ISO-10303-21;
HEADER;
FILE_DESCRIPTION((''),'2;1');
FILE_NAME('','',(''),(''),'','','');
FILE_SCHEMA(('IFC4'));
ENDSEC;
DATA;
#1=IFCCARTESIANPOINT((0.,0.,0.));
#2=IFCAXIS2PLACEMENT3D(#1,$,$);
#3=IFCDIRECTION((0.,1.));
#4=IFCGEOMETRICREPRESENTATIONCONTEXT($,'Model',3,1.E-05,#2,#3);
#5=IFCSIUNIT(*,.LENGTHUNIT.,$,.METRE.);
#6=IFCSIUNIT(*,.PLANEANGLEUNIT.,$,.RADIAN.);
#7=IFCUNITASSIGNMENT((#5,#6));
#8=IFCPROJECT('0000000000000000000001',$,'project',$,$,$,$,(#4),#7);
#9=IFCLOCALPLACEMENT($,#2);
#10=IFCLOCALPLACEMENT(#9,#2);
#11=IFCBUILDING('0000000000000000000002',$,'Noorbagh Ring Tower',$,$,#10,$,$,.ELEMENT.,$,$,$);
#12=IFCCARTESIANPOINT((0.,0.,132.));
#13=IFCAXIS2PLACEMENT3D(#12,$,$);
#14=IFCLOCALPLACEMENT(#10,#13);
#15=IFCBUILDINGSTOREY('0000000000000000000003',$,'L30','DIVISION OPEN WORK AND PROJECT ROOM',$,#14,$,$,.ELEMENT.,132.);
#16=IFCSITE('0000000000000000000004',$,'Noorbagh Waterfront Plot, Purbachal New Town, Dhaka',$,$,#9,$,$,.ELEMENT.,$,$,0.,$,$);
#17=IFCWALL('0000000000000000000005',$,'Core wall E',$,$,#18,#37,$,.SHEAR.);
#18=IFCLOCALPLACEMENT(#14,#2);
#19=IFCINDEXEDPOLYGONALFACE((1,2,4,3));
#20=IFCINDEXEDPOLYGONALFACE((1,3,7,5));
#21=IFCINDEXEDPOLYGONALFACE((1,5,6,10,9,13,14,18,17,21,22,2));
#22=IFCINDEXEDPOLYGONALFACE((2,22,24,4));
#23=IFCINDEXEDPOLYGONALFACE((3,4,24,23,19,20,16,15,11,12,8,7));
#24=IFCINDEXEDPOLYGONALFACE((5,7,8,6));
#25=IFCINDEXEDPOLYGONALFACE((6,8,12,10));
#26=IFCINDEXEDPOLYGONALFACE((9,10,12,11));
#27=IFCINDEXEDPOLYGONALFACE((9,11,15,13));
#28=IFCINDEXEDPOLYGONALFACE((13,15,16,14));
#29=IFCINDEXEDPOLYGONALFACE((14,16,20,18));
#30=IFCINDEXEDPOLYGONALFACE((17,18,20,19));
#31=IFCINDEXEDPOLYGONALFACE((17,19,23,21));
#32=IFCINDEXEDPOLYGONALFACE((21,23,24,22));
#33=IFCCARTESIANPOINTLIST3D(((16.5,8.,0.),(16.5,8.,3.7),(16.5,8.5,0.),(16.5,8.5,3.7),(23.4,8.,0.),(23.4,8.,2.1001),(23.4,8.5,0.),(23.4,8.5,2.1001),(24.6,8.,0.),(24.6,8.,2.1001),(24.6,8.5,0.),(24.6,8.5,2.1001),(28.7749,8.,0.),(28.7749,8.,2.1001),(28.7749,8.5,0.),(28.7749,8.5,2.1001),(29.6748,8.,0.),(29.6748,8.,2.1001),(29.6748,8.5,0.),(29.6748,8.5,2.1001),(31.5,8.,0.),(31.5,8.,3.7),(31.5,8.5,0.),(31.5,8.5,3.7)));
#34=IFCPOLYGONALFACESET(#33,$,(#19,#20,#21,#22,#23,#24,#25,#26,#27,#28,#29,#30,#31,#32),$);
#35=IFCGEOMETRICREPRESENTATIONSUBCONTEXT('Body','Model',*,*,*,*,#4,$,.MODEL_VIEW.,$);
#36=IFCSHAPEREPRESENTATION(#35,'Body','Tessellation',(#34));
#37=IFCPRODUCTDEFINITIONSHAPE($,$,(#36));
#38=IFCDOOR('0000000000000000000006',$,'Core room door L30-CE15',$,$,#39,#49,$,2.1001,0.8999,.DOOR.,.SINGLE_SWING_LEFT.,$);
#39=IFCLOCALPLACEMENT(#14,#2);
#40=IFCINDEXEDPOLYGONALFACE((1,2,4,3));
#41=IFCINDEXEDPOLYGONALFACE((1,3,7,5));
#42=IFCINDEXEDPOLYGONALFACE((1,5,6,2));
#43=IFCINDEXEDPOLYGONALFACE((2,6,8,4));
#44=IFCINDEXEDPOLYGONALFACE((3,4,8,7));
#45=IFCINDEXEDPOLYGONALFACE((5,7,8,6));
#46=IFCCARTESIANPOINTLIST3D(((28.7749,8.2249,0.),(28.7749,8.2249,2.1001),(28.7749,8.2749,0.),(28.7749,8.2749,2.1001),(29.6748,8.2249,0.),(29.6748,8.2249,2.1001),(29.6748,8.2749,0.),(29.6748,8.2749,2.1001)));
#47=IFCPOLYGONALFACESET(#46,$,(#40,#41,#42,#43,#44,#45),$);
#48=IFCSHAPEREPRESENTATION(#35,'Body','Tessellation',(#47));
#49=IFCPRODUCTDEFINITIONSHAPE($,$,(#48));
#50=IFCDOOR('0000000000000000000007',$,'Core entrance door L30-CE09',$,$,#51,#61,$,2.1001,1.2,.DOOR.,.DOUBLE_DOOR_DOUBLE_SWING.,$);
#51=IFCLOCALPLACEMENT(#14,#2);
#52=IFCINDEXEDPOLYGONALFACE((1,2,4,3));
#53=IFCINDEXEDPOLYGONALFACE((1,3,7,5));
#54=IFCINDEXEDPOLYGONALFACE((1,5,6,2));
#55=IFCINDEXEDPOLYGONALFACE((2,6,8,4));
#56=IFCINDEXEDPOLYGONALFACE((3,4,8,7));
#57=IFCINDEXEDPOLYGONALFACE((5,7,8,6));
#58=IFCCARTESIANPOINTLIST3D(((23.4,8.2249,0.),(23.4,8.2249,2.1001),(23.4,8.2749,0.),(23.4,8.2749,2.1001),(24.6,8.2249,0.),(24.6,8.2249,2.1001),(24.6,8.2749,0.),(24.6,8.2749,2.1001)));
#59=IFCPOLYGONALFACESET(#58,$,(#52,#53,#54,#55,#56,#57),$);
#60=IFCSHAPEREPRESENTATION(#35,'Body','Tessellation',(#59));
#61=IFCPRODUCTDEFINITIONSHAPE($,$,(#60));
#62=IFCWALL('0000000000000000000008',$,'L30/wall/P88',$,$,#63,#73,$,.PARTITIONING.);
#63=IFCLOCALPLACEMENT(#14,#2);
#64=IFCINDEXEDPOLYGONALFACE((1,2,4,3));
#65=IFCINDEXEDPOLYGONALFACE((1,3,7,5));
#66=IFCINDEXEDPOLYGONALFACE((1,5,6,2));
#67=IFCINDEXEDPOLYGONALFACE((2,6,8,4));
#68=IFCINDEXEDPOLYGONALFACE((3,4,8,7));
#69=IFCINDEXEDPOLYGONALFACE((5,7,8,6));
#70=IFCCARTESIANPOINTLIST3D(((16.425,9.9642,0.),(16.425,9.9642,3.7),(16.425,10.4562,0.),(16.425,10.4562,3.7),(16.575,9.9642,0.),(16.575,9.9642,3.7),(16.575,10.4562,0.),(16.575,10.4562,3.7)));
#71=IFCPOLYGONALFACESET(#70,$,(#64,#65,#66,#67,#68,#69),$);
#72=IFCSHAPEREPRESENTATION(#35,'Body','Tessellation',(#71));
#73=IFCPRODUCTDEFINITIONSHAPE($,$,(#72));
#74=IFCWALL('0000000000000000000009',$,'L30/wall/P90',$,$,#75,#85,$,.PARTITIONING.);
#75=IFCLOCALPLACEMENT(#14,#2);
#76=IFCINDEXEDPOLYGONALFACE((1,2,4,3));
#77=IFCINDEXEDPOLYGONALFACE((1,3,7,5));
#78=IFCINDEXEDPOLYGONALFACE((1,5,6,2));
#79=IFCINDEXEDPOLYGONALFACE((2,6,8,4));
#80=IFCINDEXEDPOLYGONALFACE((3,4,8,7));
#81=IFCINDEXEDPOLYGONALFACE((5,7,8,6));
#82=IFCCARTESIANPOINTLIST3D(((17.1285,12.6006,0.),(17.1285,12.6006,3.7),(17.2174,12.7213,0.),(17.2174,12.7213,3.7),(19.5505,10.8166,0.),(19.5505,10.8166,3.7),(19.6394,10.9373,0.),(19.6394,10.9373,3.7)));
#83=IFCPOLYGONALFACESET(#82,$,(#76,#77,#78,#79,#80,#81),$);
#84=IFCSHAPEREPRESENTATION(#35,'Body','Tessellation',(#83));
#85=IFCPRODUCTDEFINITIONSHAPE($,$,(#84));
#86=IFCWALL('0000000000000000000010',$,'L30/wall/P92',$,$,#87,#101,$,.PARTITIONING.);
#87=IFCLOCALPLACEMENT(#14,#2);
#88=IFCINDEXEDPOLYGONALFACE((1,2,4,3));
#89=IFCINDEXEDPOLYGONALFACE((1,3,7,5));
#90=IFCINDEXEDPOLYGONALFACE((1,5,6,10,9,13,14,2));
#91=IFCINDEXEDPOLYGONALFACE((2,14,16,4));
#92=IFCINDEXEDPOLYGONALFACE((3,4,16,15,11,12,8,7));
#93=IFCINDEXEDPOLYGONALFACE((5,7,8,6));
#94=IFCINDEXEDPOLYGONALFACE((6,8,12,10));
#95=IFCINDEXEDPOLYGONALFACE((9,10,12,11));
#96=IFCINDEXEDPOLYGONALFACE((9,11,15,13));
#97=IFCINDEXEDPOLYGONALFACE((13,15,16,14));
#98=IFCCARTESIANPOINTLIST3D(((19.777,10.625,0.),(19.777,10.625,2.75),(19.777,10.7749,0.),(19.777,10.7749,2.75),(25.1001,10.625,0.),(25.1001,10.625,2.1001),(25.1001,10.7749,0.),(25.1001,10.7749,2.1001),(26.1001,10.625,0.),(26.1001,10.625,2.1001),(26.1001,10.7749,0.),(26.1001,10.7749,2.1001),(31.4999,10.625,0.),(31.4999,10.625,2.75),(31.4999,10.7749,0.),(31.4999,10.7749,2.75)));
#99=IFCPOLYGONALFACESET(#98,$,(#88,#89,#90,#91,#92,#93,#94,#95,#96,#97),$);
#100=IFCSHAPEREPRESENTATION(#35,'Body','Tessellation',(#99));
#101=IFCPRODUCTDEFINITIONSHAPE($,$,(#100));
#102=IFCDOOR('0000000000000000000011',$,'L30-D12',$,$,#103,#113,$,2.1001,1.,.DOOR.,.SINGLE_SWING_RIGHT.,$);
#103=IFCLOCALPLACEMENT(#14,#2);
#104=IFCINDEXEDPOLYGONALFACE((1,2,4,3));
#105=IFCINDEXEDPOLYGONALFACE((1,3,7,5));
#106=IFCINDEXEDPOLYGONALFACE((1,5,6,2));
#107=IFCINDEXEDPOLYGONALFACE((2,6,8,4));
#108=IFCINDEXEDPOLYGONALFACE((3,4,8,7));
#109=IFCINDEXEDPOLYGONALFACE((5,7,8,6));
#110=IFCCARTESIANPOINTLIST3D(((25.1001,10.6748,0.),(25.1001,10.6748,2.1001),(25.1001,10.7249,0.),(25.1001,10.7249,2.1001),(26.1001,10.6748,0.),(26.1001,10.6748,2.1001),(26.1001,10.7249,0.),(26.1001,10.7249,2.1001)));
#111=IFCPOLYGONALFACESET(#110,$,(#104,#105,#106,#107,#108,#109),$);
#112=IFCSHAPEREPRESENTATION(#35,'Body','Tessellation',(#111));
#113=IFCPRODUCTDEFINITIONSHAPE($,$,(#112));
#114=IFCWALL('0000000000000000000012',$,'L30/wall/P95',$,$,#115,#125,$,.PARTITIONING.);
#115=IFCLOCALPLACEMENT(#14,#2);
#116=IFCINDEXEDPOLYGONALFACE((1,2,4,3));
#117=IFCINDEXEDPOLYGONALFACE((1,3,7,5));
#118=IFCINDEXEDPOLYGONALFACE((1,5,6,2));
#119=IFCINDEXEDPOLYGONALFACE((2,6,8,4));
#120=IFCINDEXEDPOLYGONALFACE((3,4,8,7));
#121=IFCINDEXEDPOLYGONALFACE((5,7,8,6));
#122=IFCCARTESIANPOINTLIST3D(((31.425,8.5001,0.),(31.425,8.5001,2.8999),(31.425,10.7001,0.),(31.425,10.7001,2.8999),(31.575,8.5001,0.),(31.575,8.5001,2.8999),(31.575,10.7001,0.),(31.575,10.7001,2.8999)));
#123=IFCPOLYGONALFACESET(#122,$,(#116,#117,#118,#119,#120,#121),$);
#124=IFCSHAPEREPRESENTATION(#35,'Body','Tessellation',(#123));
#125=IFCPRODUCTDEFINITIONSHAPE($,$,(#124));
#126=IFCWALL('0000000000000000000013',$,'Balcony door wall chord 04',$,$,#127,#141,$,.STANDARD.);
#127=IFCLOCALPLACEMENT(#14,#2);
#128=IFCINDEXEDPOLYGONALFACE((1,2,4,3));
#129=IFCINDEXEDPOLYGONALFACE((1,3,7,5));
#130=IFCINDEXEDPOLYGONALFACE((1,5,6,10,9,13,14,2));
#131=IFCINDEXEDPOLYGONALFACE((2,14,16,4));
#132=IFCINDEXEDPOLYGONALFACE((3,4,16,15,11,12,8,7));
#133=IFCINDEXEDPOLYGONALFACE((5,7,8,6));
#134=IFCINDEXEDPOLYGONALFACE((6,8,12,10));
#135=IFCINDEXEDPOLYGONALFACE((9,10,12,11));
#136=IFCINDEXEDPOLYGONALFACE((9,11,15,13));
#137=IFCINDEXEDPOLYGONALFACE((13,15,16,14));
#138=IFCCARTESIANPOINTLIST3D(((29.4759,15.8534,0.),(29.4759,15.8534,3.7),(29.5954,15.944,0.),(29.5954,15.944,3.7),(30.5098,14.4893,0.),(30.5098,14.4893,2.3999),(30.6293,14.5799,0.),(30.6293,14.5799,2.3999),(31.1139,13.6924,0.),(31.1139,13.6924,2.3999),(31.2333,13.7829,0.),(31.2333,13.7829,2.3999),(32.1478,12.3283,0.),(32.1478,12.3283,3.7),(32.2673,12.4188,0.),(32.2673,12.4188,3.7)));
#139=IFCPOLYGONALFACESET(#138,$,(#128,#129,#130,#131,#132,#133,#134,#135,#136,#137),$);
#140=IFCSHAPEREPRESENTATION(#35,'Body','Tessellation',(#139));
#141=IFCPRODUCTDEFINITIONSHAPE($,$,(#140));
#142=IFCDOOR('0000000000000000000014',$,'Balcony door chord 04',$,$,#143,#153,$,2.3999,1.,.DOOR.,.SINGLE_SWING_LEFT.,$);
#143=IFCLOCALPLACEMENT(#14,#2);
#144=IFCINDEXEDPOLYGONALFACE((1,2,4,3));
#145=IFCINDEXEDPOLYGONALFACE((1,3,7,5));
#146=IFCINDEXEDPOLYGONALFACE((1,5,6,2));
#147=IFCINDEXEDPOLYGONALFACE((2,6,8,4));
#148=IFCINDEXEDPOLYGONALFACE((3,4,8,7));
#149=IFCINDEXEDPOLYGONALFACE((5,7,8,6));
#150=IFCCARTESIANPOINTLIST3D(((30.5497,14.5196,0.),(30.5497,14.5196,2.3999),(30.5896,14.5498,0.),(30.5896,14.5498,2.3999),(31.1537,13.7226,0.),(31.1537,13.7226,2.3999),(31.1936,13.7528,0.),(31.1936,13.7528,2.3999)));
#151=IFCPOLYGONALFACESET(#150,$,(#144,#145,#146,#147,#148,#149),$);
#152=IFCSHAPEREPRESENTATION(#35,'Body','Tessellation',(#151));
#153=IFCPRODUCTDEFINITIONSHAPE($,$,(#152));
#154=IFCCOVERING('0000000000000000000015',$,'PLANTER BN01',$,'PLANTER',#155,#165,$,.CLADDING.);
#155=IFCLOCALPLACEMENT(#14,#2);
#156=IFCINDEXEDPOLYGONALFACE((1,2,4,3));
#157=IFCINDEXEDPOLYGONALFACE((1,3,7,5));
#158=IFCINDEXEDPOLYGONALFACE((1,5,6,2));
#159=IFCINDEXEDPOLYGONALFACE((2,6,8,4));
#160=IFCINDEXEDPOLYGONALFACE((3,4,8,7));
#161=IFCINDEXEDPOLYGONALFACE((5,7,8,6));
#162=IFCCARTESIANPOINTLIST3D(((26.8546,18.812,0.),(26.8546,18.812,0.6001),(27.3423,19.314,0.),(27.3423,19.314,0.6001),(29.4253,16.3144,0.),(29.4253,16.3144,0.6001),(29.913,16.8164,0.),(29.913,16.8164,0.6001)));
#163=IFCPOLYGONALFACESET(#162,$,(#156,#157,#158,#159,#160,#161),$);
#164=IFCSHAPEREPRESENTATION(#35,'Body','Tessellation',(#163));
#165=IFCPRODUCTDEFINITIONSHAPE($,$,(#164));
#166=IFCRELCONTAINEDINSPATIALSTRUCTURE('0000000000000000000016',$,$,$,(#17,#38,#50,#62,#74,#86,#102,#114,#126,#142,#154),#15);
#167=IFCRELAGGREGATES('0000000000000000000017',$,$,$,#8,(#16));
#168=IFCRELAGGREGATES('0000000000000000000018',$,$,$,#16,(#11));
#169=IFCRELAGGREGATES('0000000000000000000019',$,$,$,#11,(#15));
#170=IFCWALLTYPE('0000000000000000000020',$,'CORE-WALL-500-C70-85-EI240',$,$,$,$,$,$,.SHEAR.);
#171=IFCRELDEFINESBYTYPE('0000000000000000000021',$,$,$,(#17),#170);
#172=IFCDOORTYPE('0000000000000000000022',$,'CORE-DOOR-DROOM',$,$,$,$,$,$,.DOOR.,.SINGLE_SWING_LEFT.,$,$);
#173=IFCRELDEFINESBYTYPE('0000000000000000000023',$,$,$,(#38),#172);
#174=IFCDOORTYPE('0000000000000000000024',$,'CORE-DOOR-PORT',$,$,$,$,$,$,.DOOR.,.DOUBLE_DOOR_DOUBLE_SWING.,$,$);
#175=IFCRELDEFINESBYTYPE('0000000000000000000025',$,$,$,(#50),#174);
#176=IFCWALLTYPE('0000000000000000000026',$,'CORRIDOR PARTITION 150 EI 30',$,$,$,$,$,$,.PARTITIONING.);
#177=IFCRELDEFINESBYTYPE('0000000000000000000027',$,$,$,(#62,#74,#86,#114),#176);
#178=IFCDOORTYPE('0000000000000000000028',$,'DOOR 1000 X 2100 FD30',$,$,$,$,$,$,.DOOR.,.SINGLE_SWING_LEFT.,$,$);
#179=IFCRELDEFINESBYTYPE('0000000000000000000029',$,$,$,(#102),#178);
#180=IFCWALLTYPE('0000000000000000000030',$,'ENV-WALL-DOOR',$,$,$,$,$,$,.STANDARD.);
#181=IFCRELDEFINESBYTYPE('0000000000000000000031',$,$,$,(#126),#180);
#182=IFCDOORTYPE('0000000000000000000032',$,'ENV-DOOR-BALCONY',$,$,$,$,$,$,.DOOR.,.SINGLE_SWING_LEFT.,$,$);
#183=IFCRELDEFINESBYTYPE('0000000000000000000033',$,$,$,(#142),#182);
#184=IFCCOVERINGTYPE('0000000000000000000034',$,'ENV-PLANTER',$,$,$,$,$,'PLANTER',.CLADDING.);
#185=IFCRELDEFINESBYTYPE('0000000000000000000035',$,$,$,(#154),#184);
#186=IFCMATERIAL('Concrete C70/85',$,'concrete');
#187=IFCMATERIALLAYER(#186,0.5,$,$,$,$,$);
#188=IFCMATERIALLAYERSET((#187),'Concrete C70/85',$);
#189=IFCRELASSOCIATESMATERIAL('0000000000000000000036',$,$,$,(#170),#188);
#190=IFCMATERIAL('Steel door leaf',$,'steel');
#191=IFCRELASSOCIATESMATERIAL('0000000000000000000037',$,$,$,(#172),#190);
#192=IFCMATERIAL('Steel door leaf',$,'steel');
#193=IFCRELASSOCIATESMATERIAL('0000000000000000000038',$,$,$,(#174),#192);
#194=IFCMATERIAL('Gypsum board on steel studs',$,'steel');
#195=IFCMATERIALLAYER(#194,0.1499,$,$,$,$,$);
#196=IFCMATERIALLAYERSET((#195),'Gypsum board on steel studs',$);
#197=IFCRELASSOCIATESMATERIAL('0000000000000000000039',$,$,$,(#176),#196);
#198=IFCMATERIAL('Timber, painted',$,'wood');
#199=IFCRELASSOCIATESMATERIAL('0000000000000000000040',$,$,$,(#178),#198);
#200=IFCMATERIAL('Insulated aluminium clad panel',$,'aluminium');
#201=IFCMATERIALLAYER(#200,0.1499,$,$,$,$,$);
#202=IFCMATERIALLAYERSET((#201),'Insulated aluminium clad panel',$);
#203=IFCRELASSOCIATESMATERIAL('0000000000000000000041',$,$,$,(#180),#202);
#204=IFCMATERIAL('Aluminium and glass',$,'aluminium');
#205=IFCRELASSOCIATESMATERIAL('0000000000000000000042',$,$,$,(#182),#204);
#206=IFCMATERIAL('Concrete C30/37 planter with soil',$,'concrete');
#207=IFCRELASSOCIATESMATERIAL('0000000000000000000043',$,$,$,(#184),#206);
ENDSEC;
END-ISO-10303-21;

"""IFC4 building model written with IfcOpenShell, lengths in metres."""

from ifc_helpers import new_model, si_unit, direction, frame, frame_2d, origin, origin_2d, place, context, subcontext, project, spatial, rectangle, extrude, material, layer, layer_set, type_object, element, fill, save


model = new_model("IFC4")

# Units and contexts
model_context = context("Model", 3, precision=1e-05, world=origin(), true_north=direction((0.0, 1.0)))
body_context = subcontext(model_context, "Body", "Model", "MODEL_VIEW")
ifc_project = project(units=[si_unit("LENGTHUNIT", "METRE"), si_unit("PLANEANGLEUNIT", "RADIAN")], contexts=[model_context])

# Site, building, storey
site_placement = place(None, origin())
site = spatial("IfcSite", under=ifc_project, at=site_placement, Name="Noorbagh Waterfront Plot, Purbachal New Town, Dhaka", CompositionType="ELEMENT", RefElevation=0.0)
building_placement = place(site_placement, origin())
building = spatial("IfcBuilding", under=site, at=building_placement, Name="Noorbagh Ring Tower", CompositionType="ELEMENT")
storey_placement = place(building_placement, frame((0.0, 0.0, 132.0)))
storey = spatial("IfcBuildingStorey", under=building, at=storey_placement, Name="L30", Description="DIVISION OPEN WORK AND PROJECT ROOM", CompositionType="ELEMENT", Elevation=132.0)

# Wall, openings, doors
ifc_material_1 = material(Name="Concrete C70/85", Category="concrete")
ifc_layer_1 = layer(ifc_material_1, 0.5)
ifc_layer_set_1 = layer_set([ifc_layer_1], Name="Concrete C70/85")
wall_type_1 = type_object("IfcWallType", Name="CORE-WALL-500-C70-85-EI240", PredefinedType="SHEAR", material=ifc_layer_set_1)
wall_1_placement = place(storey_placement, frame((16.5, 8.25, 0.0), z_axis=(0.0, 0.0, 1.0), x_axis=(1.0, 0.0, 0.0)))
wall_1 = element("IfcWall", 1, at=wall_1_placement, inside=storey, type_object=wall_type_1, Name="Core wall E", PredefinedType="SHEAR", context=body_context, shape_type="SweptSolid", body=[
    extrude(rectangle(XDim=15.0, YDim=0.5, at=frame_2d((7.5, 0.0))), origin(), (0.0, 0.0, 1.0), 3.7),
])
opening_1_placement = place(wall_1_placement, frame((6.8999, 0.0, 0.0)))
opening_1 = element("IfcOpeningElement", 2, at=opening_1_placement, cuts=wall_1, PredefinedType="OPENING", context=body_context, shape_type="SweptSolid", body=[
    extrude(rectangle(XDim=1.2, YDim=2.1001, at=frame_2d((0.6001, 1.05))), frame((0.0, 0.26, 0.0), z_axis=(0.0, -1.0, 0.0), x_axis=(1.0, 0.0, 0.0)), (0.0, 0.0, 1.0), 0.52),
])
opening_2_placement = place(wall_1_placement, frame((12.2749, 0.0, 0.0)))
opening_2 = element("IfcOpeningElement", 3, at=opening_2_placement, cuts=wall_1, PredefinedType="OPENING", context=body_context, shape_type="SweptSolid", body=[
    extrude(rectangle(XDim=0.8999, YDim=2.1001, at=frame_2d((0.45, 1.05))), frame((0.0, 0.26, 0.0), z_axis=(0.0, -1.0, 0.0), x_axis=(1.0, 0.0, 0.0)), (0.0, 0.0, 1.0), 0.52),
])
ifc_material_2 = material(Name="Steel door leaf", Category="steel")
door_type_1 = type_object("IfcDoorType", Name="CORE-DOOR-DROOM", OperationType="SINGLE_SWING_LEFT", PredefinedType="DOOR", material=ifc_material_2)
door_1_placement = place(opening_2_placement, origin())
door_1 = element("IfcDoor", 4, at=door_1_placement, inside=storey, type_object=door_type_1, Name="Core room door L30-CE15", OperationType="SINGLE_SWING_LEFT", OverallHeight=2.1001, OverallWidth=0.8999, PredefinedType="DOOR", context=body_context, shape_type="SweptSolid", body=[
    extrude(rectangle(XDim=0.8999, YDim=2.1001, at=frame_2d((0.45, 1.05))), frame((0.0, 0.0249, 0.0), z_axis=(0.0, -1.0, 0.0), x_axis=(1.0, 0.0, 0.0)), (0.0, 0.0, 1.0), 0.05),
])
fill(opening_2, door_1)
ifc_material_3 = material(Name="Steel door leaf", Category="steel")
door_type_2 = type_object("IfcDoorType", Name="CORE-DOOR-PORT", OperationType="DOUBLE_DOOR_DOUBLE_SWING", PredefinedType="DOOR", material=ifc_material_3)
door_2_placement = place(opening_1_placement, origin())
door_2 = element("IfcDoor", 5, at=door_2_placement, inside=storey, type_object=door_type_2, Name="Core entrance door L30-CE09", OperationType="DOUBLE_DOOR_DOUBLE_SWING", OverallHeight=2.1001, OverallWidth=1.2, PredefinedType="DOOR", context=body_context, shape_type="SweptSolid", body=[
    extrude(rectangle(XDim=1.2, YDim=2.1001, at=frame_2d((0.6001, 1.05))), frame((0.0, 0.0249, 0.0), z_axis=(0.0, -1.0, 0.0), x_axis=(1.0, 0.0, 0.0)), (0.0, 0.0, 1.0), 0.05),
])
fill(opening_1, door_2)

# Walls
ifc_material_4 = material(Name="Gypsum board on steel studs", Category="steel")
ifc_layer_2 = layer(ifc_material_4, 0.1499)
ifc_layer_set_2 = layer_set([ifc_layer_2], Name="Gypsum board on steel studs")
wall_type_2 = type_object("IfcWallType", Name="CORRIDOR PARTITION 150 EI 30", PredefinedType="PARTITIONING", material=ifc_layer_set_2)
wall_2_placement = place(storey_placement, frame((16.5, 9.9641, 0.0), z_axis=(0.0, 0.0, 1.0), x_axis=(0.0, 1.0, 0.0)))
element("IfcWall", 6, at=wall_2_placement, inside=storey, type_object=wall_type_2, Name="L30/wall/P88", PredefinedType="PARTITIONING", context=body_context, shape_type="SweptSolid", body=[
    extrude(rectangle(XDim=0.4919, YDim=0.1499, at=frame_2d((0.2461, 0.0))), origin(), (0.0, 0.0, 1.0), 3.7),
])
wall_3_placement = place(storey_placement, frame((17.1731, 12.6609, 0.0), z_axis=(0.0, 0.0, 1.0), x_axis=(0.805152, -0.593069, 0.0)))
element("IfcWall", 7, at=wall_3_placement, inside=storey, type_object=wall_type_2, Name="L30/wall/P90", PredefinedType="PARTITIONING", context=body_context, shape_type="SweptSolid", body=[
    extrude(rectangle(XDim=3.0081, YDim=0.1499, at=frame_2d((1.5039, 0.0))), origin(), (0.0, 0.0, 1.0), 3.7),
])

# Wall, opening, door
wall_4_placement = place(storey_placement, frame((19.7771, 10.7, 0.0), z_axis=(0.0, 0.0, 1.0), x_axis=(1.0, 0.0, 0.0)))
wall_4 = element("IfcWall", 8, at=wall_4_placement, inside=storey, type_object=wall_type_2, Name="L30/wall/P92", PredefinedType="PARTITIONING", context=body_context, shape_type="SweptSolid", body=[
    extrude(rectangle(XDim=11.7229, YDim=0.1499, at=frame_2d((5.8613, 0.0))), origin(), (0.0, 0.0, 1.0), 2.75),
])
opening_3_placement = place(wall_4_placement, frame((5.323, 0.0, 0.0)))
opening_3 = element("IfcOpeningElement", 9, at=opening_3_placement, cuts=wall_4, PredefinedType="OPENING", context=body_context, shape_type="SweptSolid", body=[
    extrude(rectangle(XDim=1.0, YDim=2.1001, at=frame_2d((0.5, 1.05))), frame((0.0, 0.085, 0.0), z_axis=(0.0, -1.0, 0.0), x_axis=(1.0, 0.0, 0.0)), (0.0, 0.0, 1.0), 0.1699),
])
ifc_material_5 = material(Name="Timber, painted", Category="wood")
door_type_3 = type_object("IfcDoorType", Name="DOOR 1000 X 2100 FD30", OperationType="SINGLE_SWING_LEFT", PredefinedType="DOOR", material=ifc_material_5)
door_3_placement = place(opening_3_placement, origin())
door_3 = element("IfcDoor", 10, at=door_3_placement, inside=storey, type_object=door_type_3, Name="L30-D12", OperationType="SINGLE_SWING_RIGHT", OverallHeight=2.1001, OverallWidth=1.0, PredefinedType="DOOR", context=body_context, shape_type="SweptSolid", body=[
    extrude(rectangle(XDim=1.0, YDim=2.1001, at=frame_2d((0.5, 1.05))), frame((0.0, 0.0249, 0.0), z_axis=(0.0, -1.0, 0.0), x_axis=(1.0, 0.0, 0.0)), (0.0, 0.0, 1.0), 0.05),
])
fill(opening_3, door_3)

# Wall
wall_5_placement = place(storey_placement, frame((31.5, 8.5, 0.0), z_axis=(0.0, 0.0, 1.0), x_axis=(0.0, 1.0, 0.0)))
element("IfcWall", 11, at=wall_5_placement, inside=storey, type_object=wall_type_2, Name="L30/wall/P95", PredefinedType="PARTITIONING", context=body_context, shape_type="SweptSolid", body=[
    extrude(rectangle(XDim=2.2, YDim=0.1499, at=frame_2d((1.1001, 0.0))), origin(), (0.0, 0.0, 1.0), 2.8999),
])

# Wall, opening, door
ifc_material_6 = material(Name="Insulated aluminium clad panel", Category="aluminium")
ifc_layer_3 = layer(ifc_material_6, 0.1499)
ifc_layer_set_3 = layer_set([ifc_layer_3], Name="Insulated aluminium clad panel")
wall_type_3 = type_object("IfcWallType", Name="ENV-WALL-DOOR", PredefinedType="STANDARD", material=ifc_layer_set_3)
wall_6_placement = place(storey_placement, frame((32.2075, 12.3735, 0.0), z_axis=(0.0, 0.0, 1.0), x_axis=(-0.604046, 0.79695, 0.0)))
wall_6 = element("IfcWall", 12, at=wall_6_placement, inside=storey, type_object=wall_type_3, Name="Balcony door wall chord 04", PredefinedType="STANDARD", context=body_context, shape_type="SweptSolid", body=[
    extrude(rectangle(XDim=4.4233, YDim=0.1499, at=frame_2d((2.2117, 0.0))), origin(), (0.0, 0.0, 1.0), 3.7),
])
opening_4_placement = place(wall_6_placement, frame((1.7117, 0.0, 0.0)))
opening_4 = element("IfcOpeningElement", 13, at=opening_4_placement, cuts=wall_6, PredefinedType="OPENING", context=body_context, shape_type="SweptSolid", body=[
    extrude(rectangle(XDim=1.0, YDim=2.3999, at=frame_2d((0.5, 1.2))), frame((0.0, 0.085, 0.0), z_axis=(0.0, -1.0, 0.0), x_axis=(1.0, 0.0, 0.0)), (0.0, 0.0, 1.0), 0.1699),
])
ifc_material_7 = material(Name="Aluminium and glass", Category="aluminium")
door_type_4 = type_object("IfcDoorType", Name="ENV-DOOR-BALCONY", OperationType="SINGLE_SWING_LEFT", PredefinedType="DOOR", material=ifc_material_7)
door_4_placement = place(opening_4_placement, origin())
door_4 = element("IfcDoor", 14, at=door_4_placement, inside=storey, type_object=door_type_4, Name="Balcony door chord 04", OperationType="SINGLE_SWING_LEFT", OverallHeight=2.3999, OverallWidth=1.0, PredefinedType="DOOR", context=body_context, shape_type="SweptSolid", body=[
    extrude(rectangle(XDim=1.0, YDim=2.3999, at=frame_2d((0.5, 1.2))), frame((0.0, 0.0249, 0.0), z_axis=(0.0, -1.0, 0.0), x_axis=(1.0, 0.0, 0.0)), (0.0, 0.0, 1.0), 0.05),
])
fill(opening_4, door_4)

# Covering
ifc_material_8 = material(Name="Concrete C30/37 planter with soil", Category="concrete")
covering_type = type_object("IfcCoveringType", Name="ENV-PLANTER", ElementType="PLANTER", PredefinedType="CLADDING", material=ifc_material_8)
covering_placement = place(storey_placement, frame((28.3838, 17.8142, 0.0), z_axis=(0.0, 0.0, 1.0), x_axis=(-0.717225, 0.696842, 0.0)))
element("IfcCovering", 15, at=covering_placement, inside=storey, type_object=covering_type, Name="PLANTER BN01", ObjectType="PLANTER", PredefinedType="CLADDING", context=body_context, shape_type="SweptSolid", body=[
    extrude(rectangle(XDim=3.5842, YDim=0.7, at=origin_2d()), origin(), (0.0, 0.0, 1.0), 0.6001),
])

save(model, "model.ifc")
